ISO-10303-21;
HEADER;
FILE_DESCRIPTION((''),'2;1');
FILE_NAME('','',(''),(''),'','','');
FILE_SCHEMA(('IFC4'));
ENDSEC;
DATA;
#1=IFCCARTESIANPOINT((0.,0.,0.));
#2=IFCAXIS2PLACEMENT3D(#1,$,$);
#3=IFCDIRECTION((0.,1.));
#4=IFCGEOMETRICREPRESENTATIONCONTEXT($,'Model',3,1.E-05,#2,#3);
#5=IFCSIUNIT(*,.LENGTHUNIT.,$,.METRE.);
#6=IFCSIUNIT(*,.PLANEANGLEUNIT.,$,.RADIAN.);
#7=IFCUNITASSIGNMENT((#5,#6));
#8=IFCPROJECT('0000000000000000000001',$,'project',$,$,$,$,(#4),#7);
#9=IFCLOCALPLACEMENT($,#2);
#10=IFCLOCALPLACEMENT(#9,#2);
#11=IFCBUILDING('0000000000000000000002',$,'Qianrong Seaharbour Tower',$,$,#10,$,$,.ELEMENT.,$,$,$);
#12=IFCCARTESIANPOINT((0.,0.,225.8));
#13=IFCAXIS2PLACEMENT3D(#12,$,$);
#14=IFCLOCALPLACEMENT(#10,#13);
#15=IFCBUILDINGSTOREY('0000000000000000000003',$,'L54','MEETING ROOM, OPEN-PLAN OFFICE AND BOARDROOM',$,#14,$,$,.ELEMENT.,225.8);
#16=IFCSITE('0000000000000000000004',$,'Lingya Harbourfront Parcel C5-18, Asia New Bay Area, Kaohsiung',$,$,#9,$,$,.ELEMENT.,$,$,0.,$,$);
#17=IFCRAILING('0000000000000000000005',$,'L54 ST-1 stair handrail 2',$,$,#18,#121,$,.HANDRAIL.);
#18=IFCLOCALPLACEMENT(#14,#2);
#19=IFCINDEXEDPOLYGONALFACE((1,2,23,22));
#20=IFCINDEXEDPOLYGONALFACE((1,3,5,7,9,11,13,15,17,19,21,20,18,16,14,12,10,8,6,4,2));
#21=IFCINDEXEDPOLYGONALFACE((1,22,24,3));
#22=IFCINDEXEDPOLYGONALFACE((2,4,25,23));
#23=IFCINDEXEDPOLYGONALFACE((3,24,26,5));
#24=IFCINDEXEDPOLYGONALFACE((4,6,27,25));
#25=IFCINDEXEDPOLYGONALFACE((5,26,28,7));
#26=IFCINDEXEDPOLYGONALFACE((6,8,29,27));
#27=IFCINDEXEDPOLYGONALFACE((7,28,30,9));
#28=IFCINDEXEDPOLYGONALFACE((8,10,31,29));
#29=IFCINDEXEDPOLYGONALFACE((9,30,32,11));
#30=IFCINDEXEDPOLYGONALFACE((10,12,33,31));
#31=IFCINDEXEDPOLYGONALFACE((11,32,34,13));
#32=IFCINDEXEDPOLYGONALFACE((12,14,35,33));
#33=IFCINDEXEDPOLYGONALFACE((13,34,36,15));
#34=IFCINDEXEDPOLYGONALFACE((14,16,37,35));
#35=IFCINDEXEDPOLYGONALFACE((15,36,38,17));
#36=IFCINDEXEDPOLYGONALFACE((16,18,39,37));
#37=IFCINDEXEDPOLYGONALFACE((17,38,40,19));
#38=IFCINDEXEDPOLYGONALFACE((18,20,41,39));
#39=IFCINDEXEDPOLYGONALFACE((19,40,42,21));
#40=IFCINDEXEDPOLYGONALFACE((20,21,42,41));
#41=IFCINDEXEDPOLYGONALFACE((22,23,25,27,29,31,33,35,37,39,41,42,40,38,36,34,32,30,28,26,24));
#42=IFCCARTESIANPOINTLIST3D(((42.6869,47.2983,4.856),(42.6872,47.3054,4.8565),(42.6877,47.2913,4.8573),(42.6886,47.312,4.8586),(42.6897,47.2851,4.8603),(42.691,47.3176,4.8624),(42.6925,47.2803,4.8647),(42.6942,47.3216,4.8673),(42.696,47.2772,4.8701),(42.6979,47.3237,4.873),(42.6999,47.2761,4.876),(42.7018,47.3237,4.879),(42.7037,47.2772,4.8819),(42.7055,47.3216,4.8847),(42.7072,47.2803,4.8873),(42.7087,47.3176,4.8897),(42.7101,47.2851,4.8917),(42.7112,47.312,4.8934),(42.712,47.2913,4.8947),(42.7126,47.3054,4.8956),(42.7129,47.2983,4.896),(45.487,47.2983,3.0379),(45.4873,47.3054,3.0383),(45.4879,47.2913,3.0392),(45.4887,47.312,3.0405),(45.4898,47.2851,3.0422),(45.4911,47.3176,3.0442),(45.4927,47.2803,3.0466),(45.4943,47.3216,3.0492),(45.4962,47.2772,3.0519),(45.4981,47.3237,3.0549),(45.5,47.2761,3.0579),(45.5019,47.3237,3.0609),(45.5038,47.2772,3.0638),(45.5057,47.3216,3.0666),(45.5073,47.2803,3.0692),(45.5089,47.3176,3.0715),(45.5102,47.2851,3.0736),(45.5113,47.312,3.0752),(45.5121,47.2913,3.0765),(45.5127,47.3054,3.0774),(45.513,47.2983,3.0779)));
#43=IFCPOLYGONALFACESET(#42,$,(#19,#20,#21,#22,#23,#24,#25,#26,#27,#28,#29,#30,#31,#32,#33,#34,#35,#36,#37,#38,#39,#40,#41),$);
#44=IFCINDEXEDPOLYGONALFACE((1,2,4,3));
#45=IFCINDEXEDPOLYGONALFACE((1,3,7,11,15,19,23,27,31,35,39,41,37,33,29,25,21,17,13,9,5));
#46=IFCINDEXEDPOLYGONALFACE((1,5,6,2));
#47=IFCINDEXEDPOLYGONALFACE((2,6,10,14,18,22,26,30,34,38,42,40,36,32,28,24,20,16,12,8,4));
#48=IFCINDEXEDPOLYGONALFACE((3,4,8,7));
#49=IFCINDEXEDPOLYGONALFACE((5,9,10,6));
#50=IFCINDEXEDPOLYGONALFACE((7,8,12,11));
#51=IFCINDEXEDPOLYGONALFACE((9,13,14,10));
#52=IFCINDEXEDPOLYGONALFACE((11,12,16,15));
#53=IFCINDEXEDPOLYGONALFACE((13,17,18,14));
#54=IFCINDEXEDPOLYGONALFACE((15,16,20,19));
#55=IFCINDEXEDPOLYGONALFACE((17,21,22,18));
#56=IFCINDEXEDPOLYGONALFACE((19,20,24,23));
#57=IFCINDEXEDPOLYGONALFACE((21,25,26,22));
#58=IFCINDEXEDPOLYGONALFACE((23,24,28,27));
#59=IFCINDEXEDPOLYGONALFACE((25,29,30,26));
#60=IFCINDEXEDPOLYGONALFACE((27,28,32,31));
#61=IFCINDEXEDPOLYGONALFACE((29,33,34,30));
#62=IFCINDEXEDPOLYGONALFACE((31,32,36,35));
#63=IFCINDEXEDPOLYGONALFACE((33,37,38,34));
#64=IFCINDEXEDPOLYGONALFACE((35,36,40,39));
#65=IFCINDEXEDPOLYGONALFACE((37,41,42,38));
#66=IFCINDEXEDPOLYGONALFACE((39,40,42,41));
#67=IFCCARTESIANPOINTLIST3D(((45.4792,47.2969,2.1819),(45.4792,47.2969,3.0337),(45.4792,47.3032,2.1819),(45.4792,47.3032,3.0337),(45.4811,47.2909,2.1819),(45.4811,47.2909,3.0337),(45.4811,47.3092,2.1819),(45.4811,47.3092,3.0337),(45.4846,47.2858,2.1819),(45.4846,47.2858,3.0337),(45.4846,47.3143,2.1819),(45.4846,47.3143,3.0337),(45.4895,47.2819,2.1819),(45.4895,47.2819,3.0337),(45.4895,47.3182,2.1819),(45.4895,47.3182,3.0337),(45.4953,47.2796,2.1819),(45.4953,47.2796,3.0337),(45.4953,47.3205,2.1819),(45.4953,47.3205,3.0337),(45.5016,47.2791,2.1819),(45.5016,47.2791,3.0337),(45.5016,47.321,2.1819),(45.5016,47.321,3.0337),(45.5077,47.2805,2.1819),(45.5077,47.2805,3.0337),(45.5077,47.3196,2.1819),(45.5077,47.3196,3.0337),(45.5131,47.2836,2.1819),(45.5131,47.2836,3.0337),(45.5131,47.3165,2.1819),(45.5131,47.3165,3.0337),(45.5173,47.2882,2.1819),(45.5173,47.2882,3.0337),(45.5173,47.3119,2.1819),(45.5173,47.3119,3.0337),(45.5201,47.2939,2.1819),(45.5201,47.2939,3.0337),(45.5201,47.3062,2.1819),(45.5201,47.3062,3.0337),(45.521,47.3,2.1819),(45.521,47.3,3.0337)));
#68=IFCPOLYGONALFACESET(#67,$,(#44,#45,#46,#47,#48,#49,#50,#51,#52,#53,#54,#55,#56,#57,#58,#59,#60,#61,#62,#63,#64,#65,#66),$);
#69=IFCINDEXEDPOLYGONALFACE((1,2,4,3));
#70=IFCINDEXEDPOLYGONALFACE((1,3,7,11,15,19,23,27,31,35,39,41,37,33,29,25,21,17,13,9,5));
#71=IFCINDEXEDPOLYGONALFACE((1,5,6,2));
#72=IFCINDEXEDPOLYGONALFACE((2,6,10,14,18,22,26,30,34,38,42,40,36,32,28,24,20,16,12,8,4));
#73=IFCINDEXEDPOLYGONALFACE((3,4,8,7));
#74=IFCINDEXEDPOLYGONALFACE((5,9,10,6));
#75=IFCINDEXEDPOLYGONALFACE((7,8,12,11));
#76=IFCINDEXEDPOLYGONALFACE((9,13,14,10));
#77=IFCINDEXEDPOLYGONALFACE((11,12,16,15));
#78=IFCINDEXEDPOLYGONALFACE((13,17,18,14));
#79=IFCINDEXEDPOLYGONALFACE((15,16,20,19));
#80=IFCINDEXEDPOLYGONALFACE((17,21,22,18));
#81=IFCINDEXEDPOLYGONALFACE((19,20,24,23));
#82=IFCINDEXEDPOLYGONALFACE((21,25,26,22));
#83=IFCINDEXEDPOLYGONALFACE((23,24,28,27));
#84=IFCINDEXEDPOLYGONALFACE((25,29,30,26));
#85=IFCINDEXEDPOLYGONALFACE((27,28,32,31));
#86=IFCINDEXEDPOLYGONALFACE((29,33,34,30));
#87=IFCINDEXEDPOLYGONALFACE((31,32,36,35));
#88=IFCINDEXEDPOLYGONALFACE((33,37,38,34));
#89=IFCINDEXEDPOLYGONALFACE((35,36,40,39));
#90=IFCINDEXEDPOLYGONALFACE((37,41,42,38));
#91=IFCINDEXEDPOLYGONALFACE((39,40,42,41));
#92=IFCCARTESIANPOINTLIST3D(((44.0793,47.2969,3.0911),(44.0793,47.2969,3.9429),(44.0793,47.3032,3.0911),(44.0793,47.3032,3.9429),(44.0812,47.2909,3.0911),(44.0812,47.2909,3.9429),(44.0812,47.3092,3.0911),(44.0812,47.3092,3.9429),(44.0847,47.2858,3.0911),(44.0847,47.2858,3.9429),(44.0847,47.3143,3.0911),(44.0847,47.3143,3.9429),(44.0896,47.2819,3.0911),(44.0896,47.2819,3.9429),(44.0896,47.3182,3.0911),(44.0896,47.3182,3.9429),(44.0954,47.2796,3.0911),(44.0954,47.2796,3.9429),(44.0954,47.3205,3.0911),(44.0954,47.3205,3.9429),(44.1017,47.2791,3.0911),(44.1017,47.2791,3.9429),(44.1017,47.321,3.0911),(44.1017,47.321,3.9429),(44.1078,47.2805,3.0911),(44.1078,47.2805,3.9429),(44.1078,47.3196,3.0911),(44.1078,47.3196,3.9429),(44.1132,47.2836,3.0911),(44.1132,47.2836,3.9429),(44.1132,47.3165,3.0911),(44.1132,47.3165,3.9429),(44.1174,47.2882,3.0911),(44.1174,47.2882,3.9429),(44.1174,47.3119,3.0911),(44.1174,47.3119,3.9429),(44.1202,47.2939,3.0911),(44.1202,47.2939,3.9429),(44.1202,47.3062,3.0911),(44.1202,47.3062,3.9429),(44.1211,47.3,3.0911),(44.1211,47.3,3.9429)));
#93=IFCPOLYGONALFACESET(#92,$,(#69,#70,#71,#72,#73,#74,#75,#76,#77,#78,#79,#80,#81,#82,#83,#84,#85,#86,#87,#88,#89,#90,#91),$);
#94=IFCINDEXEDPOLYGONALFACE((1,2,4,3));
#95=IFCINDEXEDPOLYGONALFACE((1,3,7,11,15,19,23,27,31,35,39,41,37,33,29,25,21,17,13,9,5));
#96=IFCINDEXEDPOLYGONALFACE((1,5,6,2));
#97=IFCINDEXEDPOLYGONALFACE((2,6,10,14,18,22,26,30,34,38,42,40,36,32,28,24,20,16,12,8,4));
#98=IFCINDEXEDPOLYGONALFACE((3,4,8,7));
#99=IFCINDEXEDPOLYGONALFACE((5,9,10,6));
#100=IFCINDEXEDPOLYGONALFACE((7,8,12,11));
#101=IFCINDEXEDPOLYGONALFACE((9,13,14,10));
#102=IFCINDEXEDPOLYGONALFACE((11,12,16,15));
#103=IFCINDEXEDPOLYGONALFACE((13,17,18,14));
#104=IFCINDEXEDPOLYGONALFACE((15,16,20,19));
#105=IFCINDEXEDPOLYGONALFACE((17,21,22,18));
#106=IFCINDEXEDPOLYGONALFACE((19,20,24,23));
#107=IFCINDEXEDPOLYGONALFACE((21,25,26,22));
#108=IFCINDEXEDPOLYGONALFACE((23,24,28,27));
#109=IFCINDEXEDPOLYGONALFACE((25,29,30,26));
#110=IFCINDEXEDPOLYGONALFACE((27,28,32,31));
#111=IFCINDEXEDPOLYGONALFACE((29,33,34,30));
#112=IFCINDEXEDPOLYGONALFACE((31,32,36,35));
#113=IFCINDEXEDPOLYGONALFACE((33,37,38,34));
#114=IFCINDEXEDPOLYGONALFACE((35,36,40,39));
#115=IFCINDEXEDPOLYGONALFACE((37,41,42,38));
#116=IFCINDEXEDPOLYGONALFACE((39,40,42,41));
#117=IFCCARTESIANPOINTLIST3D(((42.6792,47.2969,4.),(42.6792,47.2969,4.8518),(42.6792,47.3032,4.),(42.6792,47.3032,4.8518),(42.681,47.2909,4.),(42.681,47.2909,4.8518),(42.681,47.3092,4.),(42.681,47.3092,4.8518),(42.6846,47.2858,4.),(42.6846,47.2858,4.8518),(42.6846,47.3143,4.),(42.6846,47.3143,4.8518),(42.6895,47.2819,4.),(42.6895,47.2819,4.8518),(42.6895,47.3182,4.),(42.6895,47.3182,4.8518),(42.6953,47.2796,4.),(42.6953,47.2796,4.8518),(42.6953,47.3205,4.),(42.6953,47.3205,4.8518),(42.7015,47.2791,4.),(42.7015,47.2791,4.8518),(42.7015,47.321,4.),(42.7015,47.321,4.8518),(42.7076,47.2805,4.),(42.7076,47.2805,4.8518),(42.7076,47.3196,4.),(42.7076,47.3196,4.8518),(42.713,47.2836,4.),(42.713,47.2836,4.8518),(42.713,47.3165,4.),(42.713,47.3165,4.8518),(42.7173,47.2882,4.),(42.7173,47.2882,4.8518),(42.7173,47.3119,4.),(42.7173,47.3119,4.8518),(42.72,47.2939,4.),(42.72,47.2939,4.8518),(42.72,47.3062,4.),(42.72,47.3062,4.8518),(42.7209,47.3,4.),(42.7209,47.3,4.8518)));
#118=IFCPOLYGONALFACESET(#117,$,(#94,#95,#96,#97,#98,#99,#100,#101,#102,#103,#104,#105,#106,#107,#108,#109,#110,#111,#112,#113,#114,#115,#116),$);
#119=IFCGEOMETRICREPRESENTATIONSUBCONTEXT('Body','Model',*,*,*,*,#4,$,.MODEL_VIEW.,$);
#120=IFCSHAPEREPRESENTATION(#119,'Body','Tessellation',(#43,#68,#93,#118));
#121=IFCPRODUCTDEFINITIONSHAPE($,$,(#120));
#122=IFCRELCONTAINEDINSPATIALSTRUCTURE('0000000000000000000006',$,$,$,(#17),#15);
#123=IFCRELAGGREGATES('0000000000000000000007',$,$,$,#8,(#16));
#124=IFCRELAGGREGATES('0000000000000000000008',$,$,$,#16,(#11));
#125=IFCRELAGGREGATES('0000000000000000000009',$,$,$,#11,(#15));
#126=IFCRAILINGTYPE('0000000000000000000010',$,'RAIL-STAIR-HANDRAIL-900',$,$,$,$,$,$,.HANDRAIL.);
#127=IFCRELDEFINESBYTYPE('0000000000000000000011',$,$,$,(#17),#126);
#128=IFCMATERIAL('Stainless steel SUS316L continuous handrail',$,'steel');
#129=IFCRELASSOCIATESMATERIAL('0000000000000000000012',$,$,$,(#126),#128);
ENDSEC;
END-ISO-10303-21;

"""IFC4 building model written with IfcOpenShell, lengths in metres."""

from ifc_helpers import new_model, si_unit, direction, frame, origin, origin_2d, place, context, subcontext, project, spatial, circle, extrude, material, type_object, element, save


model = new_model("IFC4")

# Units and contexts
model_context = context("Model", 3, precision=1e-05, world=origin(), true_north=direction((0.0, 1.0)))
body_context = subcontext(model_context, "Body", "Model", "MODEL_VIEW")
ifc_project = project(units=[si_unit("LENGTHUNIT", "METRE"), si_unit("PLANEANGLEUNIT", "RADIAN")], contexts=[model_context])

# Site, building, storey
site_placement = place(None, origin())
site = spatial("IfcSite", under=ifc_project, at=site_placement, Name="Lingya Harbourfront Parcel C5-18, Asia New Bay Area, Kaohsiung", CompositionType="ELEMENT", RefElevation=0.0)
building_placement = place(site_placement, origin())
building = spatial("IfcBuilding", under=site, at=building_placement, Name="Qianrong Seaharbour Tower", CompositionType="ELEMENT")
storey_placement = place(building_placement, frame((0.0, 0.0, 225.8)))
storey = spatial("IfcBuildingStorey", under=building, at=storey_placement, Name="L54", Description="MEETING ROOM, OPEN-PLAN OFFICE AND BOARDROOM", CompositionType="ELEMENT", Elevation=225.8)

# Railing
ifc_material_1 = material(Name="Stainless steel SUS316L continuous handrail", Category="steel")
railing_type_1 = type_object("IfcRailingType", Name="RAIL-STAIR-HANDRAIL-900", PredefinedType="HANDRAIL", material=ifc_material_1)
railing_1_placement = place(storey_placement, frame((45.5, 47.3, 2.1819)))
element("IfcRailing", 1, at=railing_1_placement, inside=storey, type_object=railing_type_1, Name="L54 ST-1 stair handrail 2", PredefinedType="HANDRAIL", context=body_context, shape_type="SweptSolid", body=[
    extrude(circle(Radius=0.0239, at=origin_2d()), frame((0.0, 0.0, 0.876), z_axis=(-0.838706, 0.0, 0.544585), x_axis=(0.0, -1.0, 0.0)), (0.0, 0.0, 1.0), 3.3386),
    extrude(circle(Radius=0.021, at=origin_2d()), origin(), (0.0, 0.0, 1.0), 0.8518),
    extrude(circle(Radius=0.021, at=origin_2d()), frame((-1.3999, 0.0, 0.9092)), (0.0, 0.0, 1.0), 0.8518),
    extrude(circle(Radius=0.021, at=origin_2d()), frame((-2.8, 0.0, 1.8181)), (0.0, 0.0, 1.0), 0.8518),
])

save(model, "model.ifc")
